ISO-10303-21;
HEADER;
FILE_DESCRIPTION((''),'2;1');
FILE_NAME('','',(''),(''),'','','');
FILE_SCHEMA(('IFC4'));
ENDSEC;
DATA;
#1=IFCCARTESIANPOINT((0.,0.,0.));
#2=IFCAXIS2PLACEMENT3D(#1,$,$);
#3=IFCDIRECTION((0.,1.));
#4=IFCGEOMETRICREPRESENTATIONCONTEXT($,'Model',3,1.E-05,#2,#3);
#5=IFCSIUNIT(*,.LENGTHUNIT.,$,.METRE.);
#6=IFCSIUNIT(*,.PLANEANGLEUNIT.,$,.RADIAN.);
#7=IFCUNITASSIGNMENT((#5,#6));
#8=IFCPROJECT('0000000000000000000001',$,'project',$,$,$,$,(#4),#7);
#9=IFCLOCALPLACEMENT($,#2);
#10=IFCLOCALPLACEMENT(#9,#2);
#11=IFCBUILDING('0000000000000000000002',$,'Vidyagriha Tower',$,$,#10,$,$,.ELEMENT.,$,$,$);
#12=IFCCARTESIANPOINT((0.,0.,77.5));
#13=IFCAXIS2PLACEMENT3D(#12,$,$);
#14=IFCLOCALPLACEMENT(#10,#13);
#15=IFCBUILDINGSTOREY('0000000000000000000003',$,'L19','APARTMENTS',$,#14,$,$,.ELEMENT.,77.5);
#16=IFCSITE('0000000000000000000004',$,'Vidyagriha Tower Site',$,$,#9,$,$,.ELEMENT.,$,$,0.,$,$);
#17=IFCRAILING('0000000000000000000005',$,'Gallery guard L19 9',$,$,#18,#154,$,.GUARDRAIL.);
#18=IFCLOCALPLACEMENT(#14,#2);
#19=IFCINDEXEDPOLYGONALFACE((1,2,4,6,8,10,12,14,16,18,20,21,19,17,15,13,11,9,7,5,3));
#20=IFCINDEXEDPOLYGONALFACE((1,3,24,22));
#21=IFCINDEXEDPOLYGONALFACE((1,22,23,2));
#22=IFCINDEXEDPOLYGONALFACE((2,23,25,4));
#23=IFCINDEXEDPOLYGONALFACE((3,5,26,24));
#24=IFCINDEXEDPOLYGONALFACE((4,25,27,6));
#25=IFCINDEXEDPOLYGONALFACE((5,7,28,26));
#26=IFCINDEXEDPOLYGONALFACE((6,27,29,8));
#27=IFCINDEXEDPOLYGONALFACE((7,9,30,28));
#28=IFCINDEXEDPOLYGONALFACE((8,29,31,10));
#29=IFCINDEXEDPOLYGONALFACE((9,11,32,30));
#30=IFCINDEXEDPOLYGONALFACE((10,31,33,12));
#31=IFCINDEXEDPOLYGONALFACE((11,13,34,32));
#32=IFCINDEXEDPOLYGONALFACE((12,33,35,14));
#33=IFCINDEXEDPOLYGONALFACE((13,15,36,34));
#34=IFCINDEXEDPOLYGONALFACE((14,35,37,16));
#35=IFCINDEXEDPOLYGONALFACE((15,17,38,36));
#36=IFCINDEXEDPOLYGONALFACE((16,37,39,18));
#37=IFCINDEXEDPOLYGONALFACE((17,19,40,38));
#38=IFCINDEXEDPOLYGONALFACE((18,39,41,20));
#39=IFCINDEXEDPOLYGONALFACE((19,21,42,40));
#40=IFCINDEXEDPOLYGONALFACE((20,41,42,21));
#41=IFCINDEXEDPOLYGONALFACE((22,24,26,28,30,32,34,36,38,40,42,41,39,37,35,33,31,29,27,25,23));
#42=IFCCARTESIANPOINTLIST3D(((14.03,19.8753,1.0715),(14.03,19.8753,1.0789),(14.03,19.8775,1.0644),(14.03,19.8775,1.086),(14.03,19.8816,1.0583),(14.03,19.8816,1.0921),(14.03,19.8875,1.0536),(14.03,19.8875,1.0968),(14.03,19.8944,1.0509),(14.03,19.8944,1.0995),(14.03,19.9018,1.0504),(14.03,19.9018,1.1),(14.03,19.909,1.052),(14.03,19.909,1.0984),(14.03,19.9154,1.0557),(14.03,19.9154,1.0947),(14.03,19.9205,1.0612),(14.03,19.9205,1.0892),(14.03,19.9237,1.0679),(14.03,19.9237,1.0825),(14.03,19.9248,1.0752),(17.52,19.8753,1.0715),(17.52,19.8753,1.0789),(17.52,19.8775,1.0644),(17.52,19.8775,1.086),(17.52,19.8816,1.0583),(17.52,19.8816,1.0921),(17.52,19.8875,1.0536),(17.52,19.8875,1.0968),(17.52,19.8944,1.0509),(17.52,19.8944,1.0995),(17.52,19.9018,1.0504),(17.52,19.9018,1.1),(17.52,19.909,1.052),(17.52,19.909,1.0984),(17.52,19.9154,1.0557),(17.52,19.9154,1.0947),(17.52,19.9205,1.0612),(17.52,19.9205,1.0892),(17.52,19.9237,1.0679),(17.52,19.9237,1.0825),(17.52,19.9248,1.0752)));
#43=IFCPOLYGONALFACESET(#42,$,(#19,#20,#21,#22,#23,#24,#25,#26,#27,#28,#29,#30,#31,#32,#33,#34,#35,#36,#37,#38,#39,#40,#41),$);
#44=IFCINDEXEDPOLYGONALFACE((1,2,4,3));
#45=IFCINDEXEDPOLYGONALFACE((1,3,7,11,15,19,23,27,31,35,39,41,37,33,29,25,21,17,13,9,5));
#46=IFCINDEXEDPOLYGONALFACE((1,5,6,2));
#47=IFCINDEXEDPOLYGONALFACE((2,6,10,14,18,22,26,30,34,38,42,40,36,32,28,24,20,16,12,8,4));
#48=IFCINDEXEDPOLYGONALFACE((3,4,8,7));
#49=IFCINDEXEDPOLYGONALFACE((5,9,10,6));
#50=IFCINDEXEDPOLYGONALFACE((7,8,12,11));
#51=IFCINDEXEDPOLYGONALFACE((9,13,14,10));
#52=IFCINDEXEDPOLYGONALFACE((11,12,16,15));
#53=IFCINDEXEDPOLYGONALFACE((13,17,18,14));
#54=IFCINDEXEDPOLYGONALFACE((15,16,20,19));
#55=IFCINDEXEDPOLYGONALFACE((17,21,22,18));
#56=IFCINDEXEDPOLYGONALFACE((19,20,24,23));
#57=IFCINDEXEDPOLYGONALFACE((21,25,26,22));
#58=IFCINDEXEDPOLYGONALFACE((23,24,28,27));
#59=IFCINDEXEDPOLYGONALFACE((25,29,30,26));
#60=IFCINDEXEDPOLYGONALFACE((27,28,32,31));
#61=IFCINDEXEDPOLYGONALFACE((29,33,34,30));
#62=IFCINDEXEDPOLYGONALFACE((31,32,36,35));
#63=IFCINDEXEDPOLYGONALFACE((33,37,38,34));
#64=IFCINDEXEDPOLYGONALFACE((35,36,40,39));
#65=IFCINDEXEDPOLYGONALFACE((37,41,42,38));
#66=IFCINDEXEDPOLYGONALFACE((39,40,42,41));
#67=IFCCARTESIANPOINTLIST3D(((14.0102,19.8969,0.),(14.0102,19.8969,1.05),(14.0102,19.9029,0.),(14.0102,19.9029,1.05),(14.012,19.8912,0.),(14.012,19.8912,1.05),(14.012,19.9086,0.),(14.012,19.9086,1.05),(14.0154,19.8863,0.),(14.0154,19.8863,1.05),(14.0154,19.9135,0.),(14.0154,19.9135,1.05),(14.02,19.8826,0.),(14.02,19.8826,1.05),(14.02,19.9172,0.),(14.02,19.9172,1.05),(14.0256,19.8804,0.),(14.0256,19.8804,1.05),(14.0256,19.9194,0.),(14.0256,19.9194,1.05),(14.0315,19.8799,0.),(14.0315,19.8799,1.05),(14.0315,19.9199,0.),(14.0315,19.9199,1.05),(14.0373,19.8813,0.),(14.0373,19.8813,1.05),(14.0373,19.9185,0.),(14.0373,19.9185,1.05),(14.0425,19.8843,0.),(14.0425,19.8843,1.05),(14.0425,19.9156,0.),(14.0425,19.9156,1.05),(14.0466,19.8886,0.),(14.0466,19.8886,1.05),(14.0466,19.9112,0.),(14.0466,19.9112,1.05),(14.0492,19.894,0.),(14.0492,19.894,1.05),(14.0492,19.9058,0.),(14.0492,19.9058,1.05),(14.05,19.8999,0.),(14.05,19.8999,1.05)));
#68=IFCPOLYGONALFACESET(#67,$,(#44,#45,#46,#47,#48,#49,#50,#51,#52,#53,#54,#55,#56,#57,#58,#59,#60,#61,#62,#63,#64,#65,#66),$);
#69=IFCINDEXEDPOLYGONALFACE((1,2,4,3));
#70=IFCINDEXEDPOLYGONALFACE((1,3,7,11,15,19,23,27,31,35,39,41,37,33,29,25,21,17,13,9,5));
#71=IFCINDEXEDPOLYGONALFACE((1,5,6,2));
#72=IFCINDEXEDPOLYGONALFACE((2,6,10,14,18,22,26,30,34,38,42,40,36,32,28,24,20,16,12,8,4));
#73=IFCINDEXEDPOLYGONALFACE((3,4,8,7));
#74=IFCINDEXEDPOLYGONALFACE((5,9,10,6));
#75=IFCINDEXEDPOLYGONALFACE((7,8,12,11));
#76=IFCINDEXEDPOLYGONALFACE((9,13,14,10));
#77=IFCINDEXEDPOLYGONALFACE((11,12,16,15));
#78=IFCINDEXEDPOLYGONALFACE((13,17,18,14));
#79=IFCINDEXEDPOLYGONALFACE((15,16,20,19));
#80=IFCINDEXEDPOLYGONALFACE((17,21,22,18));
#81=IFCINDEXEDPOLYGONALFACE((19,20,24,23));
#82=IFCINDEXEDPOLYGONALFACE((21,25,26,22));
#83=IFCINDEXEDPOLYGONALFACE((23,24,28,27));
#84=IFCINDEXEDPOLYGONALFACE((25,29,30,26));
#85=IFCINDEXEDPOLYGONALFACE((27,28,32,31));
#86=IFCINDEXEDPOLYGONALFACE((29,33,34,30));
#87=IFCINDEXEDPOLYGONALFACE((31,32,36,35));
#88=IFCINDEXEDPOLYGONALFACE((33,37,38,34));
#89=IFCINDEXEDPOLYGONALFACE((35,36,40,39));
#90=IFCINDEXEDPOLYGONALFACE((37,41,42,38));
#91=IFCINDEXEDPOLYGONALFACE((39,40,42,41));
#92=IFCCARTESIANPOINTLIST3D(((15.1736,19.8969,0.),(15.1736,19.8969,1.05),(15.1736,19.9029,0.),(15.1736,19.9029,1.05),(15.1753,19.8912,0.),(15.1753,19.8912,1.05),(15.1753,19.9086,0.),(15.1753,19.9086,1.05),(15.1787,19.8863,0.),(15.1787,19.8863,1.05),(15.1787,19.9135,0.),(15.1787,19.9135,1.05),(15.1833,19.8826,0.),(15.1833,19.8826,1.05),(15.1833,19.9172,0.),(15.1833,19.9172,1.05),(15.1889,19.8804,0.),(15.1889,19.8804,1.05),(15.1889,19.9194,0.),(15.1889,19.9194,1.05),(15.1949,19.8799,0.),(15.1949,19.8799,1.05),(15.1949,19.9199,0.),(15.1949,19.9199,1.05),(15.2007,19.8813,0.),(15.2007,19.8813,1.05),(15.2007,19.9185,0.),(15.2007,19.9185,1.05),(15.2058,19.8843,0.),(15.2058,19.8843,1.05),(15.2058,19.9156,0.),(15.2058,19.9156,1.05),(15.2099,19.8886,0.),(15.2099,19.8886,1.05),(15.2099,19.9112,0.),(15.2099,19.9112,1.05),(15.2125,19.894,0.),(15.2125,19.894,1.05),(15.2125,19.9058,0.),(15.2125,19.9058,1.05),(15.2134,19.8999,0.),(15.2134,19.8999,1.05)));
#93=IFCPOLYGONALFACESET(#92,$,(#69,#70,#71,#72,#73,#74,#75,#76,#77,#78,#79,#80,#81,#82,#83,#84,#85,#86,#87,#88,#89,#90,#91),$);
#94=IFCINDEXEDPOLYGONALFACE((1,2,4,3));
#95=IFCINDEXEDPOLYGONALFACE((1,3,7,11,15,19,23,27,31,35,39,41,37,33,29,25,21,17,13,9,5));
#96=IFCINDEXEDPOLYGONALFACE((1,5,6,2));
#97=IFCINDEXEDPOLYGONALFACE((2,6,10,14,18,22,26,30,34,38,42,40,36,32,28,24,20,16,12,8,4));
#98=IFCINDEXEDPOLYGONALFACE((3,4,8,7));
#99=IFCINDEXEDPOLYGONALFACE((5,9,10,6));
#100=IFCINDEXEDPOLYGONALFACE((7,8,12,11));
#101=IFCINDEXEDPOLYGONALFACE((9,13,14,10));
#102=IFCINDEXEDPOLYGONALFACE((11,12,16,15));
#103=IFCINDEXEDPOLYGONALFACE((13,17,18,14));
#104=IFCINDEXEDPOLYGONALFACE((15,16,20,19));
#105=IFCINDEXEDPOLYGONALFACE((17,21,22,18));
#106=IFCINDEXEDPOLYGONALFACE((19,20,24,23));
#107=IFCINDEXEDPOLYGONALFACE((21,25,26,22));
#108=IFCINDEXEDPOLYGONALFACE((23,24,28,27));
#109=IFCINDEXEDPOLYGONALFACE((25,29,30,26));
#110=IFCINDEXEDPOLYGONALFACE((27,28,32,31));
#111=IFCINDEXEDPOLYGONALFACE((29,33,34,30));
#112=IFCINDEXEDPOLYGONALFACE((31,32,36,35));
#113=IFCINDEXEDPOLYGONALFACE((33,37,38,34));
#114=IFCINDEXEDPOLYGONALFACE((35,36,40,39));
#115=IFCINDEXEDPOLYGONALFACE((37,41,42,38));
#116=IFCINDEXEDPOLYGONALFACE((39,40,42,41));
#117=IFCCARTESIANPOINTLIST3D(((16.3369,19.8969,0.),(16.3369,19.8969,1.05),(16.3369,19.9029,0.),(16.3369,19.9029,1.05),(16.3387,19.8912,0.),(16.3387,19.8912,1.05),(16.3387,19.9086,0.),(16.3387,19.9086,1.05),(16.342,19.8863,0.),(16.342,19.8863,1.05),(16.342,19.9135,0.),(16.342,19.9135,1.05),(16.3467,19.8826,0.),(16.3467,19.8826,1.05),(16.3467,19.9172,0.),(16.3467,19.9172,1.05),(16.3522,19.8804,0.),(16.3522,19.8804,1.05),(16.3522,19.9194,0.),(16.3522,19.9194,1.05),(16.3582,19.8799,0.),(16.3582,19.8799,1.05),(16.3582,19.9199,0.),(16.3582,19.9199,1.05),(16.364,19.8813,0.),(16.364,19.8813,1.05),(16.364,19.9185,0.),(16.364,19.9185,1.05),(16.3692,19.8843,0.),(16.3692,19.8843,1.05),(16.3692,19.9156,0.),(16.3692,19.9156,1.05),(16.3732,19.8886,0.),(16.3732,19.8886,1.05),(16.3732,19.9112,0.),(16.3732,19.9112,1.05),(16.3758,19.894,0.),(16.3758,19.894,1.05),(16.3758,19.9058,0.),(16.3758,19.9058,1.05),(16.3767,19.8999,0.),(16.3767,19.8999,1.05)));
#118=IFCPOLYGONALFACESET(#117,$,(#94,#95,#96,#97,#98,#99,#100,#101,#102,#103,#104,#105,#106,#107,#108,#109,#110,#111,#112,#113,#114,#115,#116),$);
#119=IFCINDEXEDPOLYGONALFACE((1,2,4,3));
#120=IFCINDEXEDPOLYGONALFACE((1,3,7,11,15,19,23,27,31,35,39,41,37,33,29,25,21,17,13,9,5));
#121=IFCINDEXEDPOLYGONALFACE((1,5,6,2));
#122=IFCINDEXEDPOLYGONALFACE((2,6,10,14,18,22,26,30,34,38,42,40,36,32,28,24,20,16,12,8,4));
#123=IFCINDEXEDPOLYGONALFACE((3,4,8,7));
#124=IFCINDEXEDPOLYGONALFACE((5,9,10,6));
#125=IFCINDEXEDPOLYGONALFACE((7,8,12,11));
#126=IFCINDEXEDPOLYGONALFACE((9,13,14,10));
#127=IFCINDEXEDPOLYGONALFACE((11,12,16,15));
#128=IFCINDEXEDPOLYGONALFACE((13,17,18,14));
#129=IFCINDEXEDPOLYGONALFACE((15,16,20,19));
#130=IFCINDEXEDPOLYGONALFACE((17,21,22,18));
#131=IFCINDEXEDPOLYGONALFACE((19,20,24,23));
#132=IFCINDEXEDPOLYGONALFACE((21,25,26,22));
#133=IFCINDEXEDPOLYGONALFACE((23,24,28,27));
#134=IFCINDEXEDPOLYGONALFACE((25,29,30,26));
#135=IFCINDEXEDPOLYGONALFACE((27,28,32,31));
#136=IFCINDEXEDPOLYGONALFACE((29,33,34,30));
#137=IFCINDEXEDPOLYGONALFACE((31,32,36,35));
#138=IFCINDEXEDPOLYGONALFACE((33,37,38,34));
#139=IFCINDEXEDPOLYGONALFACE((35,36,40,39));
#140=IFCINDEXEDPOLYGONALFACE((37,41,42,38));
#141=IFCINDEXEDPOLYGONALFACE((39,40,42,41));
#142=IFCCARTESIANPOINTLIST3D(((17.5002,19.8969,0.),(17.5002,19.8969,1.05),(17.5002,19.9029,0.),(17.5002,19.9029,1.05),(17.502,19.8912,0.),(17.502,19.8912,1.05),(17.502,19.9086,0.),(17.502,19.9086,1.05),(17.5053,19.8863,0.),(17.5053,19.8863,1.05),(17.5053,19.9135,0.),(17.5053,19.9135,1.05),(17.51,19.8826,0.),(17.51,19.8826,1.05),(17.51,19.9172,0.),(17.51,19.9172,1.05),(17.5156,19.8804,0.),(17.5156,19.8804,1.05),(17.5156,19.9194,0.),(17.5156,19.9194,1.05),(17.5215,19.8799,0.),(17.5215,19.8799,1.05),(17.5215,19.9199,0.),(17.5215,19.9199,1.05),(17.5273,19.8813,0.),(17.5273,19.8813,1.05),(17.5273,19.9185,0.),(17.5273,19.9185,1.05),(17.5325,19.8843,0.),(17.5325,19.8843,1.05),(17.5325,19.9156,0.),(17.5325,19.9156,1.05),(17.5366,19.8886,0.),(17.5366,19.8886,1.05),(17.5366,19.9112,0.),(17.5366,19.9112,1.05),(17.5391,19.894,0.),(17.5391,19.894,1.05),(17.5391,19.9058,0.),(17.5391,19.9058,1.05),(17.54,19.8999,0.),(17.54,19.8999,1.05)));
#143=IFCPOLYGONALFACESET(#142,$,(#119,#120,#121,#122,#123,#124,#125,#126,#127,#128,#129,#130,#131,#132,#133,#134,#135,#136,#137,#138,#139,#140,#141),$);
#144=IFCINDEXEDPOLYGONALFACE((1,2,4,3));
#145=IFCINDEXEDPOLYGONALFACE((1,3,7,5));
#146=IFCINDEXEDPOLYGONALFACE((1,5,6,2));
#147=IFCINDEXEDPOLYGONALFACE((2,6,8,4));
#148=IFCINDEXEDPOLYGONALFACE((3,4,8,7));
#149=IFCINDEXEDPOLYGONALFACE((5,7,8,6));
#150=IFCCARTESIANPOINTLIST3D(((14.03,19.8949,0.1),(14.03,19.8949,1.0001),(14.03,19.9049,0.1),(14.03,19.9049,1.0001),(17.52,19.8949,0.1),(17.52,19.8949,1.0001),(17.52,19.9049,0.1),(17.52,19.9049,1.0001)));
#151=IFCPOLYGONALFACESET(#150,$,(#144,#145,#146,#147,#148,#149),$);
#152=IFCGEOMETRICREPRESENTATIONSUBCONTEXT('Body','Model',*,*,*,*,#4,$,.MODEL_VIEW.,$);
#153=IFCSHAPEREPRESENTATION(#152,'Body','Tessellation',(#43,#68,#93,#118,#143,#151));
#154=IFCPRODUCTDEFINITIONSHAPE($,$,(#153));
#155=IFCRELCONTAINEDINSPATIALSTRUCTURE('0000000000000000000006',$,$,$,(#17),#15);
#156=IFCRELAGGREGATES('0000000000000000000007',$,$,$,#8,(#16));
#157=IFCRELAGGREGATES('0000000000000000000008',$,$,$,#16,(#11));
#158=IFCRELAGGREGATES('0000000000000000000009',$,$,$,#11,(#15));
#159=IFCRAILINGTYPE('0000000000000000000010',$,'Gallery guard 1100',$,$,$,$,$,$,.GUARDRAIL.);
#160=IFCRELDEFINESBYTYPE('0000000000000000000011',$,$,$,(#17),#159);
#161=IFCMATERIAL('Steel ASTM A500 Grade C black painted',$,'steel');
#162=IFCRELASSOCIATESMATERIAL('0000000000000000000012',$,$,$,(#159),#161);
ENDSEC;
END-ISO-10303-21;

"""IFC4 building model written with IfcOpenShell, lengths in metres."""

from ifc_helpers import new_model, si_unit, direction, frame, origin, origin_2d, place, context, subcontext, project, spatial, rectangle, circle, extrude, material, type_object, element, save


model = new_model("IFC4")

# Units and contexts
model_context = context("Model", 3, precision=1e-05, world=origin(), true_north=direction((0.0, 1.0)))
body_context = subcontext(model_context, "Body", "Model", "MODEL_VIEW")
ifc_project = project(units=[si_unit("LENGTHUNIT", "METRE"), si_unit("PLANEANGLEUNIT", "RADIAN")], contexts=[model_context])

# Site, building, storey
site_placement = place(None, origin())
site = spatial("IfcSite", under=ifc_project, at=site_placement, Name="Vidyagriha Tower Site", CompositionType="ELEMENT", RefElevation=0.0)
building_placement = place(site_placement, origin())
building = spatial("IfcBuilding", under=site, at=building_placement, Name="Vidyagriha Tower", CompositionType="ELEMENT")
storey_placement = place(building_placement, frame((0.0, 0.0, 77.5)))
storey = spatial("IfcBuildingStorey", under=building, at=storey_placement, Name="L19", Description="APARTMENTS", CompositionType="ELEMENT", Elevation=77.5)

# Railing
ifc_material_1 = material(Name="Steel ASTM A500 Grade C black painted", Category="steel")
railing_type = type_object("IfcRailingType", Name="Gallery guard 1100", PredefinedType="GUARDRAIL", material=ifc_material_1)
railing_1_placement = place(storey_placement, frame((14.03, 19.8999, 0.0)))
element("IfcRailing", 1, at=railing_1_placement, inside=storey, type_object=railing_type, Name="Gallery guard L19 9", PredefinedType="GUARDRAIL", context=body_context, shape_type="SweptSolid", body=[
    extrude(circle(Radius=0.0249, at=origin_2d()), frame((0.0, 0.0, 1.0752), z_axis=(1.0, 0.0, 0.0), x_axis=(0.0, 1.0, 0.0)), (0.0, 0.0, 1.0), 3.49),
    extrude(circle(Radius=0.02, at=origin_2d()), origin(), (0.0, 0.0, 1.0), 1.05),
    extrude(circle(Radius=0.02, at=origin_2d()), frame((1.1633, 0.0, 0.0)), (0.0, 0.0, 1.0), 1.05),
    extrude(circle(Radius=0.02, at=origin_2d()), frame((2.3267, 0.0, 0.0)), (0.0, 0.0, 1.0), 1.05),
    extrude(circle(Radius=0.02, at=origin_2d()), frame((3.49, 0.0, 0.0)), (0.0, 0.0, 1.0), 1.05),
    extrude(rectangle(XDim=0.01, YDim=0.9001, at=origin_2d()), frame((0.0, 0.0, 0.55), z_axis=(1.0, 0.0, 0.0), x_axis=(0.0, 1.0, 0.0)), (0.0, 0.0, 1.0), 3.49),
])

save(model, "model.ifc")
